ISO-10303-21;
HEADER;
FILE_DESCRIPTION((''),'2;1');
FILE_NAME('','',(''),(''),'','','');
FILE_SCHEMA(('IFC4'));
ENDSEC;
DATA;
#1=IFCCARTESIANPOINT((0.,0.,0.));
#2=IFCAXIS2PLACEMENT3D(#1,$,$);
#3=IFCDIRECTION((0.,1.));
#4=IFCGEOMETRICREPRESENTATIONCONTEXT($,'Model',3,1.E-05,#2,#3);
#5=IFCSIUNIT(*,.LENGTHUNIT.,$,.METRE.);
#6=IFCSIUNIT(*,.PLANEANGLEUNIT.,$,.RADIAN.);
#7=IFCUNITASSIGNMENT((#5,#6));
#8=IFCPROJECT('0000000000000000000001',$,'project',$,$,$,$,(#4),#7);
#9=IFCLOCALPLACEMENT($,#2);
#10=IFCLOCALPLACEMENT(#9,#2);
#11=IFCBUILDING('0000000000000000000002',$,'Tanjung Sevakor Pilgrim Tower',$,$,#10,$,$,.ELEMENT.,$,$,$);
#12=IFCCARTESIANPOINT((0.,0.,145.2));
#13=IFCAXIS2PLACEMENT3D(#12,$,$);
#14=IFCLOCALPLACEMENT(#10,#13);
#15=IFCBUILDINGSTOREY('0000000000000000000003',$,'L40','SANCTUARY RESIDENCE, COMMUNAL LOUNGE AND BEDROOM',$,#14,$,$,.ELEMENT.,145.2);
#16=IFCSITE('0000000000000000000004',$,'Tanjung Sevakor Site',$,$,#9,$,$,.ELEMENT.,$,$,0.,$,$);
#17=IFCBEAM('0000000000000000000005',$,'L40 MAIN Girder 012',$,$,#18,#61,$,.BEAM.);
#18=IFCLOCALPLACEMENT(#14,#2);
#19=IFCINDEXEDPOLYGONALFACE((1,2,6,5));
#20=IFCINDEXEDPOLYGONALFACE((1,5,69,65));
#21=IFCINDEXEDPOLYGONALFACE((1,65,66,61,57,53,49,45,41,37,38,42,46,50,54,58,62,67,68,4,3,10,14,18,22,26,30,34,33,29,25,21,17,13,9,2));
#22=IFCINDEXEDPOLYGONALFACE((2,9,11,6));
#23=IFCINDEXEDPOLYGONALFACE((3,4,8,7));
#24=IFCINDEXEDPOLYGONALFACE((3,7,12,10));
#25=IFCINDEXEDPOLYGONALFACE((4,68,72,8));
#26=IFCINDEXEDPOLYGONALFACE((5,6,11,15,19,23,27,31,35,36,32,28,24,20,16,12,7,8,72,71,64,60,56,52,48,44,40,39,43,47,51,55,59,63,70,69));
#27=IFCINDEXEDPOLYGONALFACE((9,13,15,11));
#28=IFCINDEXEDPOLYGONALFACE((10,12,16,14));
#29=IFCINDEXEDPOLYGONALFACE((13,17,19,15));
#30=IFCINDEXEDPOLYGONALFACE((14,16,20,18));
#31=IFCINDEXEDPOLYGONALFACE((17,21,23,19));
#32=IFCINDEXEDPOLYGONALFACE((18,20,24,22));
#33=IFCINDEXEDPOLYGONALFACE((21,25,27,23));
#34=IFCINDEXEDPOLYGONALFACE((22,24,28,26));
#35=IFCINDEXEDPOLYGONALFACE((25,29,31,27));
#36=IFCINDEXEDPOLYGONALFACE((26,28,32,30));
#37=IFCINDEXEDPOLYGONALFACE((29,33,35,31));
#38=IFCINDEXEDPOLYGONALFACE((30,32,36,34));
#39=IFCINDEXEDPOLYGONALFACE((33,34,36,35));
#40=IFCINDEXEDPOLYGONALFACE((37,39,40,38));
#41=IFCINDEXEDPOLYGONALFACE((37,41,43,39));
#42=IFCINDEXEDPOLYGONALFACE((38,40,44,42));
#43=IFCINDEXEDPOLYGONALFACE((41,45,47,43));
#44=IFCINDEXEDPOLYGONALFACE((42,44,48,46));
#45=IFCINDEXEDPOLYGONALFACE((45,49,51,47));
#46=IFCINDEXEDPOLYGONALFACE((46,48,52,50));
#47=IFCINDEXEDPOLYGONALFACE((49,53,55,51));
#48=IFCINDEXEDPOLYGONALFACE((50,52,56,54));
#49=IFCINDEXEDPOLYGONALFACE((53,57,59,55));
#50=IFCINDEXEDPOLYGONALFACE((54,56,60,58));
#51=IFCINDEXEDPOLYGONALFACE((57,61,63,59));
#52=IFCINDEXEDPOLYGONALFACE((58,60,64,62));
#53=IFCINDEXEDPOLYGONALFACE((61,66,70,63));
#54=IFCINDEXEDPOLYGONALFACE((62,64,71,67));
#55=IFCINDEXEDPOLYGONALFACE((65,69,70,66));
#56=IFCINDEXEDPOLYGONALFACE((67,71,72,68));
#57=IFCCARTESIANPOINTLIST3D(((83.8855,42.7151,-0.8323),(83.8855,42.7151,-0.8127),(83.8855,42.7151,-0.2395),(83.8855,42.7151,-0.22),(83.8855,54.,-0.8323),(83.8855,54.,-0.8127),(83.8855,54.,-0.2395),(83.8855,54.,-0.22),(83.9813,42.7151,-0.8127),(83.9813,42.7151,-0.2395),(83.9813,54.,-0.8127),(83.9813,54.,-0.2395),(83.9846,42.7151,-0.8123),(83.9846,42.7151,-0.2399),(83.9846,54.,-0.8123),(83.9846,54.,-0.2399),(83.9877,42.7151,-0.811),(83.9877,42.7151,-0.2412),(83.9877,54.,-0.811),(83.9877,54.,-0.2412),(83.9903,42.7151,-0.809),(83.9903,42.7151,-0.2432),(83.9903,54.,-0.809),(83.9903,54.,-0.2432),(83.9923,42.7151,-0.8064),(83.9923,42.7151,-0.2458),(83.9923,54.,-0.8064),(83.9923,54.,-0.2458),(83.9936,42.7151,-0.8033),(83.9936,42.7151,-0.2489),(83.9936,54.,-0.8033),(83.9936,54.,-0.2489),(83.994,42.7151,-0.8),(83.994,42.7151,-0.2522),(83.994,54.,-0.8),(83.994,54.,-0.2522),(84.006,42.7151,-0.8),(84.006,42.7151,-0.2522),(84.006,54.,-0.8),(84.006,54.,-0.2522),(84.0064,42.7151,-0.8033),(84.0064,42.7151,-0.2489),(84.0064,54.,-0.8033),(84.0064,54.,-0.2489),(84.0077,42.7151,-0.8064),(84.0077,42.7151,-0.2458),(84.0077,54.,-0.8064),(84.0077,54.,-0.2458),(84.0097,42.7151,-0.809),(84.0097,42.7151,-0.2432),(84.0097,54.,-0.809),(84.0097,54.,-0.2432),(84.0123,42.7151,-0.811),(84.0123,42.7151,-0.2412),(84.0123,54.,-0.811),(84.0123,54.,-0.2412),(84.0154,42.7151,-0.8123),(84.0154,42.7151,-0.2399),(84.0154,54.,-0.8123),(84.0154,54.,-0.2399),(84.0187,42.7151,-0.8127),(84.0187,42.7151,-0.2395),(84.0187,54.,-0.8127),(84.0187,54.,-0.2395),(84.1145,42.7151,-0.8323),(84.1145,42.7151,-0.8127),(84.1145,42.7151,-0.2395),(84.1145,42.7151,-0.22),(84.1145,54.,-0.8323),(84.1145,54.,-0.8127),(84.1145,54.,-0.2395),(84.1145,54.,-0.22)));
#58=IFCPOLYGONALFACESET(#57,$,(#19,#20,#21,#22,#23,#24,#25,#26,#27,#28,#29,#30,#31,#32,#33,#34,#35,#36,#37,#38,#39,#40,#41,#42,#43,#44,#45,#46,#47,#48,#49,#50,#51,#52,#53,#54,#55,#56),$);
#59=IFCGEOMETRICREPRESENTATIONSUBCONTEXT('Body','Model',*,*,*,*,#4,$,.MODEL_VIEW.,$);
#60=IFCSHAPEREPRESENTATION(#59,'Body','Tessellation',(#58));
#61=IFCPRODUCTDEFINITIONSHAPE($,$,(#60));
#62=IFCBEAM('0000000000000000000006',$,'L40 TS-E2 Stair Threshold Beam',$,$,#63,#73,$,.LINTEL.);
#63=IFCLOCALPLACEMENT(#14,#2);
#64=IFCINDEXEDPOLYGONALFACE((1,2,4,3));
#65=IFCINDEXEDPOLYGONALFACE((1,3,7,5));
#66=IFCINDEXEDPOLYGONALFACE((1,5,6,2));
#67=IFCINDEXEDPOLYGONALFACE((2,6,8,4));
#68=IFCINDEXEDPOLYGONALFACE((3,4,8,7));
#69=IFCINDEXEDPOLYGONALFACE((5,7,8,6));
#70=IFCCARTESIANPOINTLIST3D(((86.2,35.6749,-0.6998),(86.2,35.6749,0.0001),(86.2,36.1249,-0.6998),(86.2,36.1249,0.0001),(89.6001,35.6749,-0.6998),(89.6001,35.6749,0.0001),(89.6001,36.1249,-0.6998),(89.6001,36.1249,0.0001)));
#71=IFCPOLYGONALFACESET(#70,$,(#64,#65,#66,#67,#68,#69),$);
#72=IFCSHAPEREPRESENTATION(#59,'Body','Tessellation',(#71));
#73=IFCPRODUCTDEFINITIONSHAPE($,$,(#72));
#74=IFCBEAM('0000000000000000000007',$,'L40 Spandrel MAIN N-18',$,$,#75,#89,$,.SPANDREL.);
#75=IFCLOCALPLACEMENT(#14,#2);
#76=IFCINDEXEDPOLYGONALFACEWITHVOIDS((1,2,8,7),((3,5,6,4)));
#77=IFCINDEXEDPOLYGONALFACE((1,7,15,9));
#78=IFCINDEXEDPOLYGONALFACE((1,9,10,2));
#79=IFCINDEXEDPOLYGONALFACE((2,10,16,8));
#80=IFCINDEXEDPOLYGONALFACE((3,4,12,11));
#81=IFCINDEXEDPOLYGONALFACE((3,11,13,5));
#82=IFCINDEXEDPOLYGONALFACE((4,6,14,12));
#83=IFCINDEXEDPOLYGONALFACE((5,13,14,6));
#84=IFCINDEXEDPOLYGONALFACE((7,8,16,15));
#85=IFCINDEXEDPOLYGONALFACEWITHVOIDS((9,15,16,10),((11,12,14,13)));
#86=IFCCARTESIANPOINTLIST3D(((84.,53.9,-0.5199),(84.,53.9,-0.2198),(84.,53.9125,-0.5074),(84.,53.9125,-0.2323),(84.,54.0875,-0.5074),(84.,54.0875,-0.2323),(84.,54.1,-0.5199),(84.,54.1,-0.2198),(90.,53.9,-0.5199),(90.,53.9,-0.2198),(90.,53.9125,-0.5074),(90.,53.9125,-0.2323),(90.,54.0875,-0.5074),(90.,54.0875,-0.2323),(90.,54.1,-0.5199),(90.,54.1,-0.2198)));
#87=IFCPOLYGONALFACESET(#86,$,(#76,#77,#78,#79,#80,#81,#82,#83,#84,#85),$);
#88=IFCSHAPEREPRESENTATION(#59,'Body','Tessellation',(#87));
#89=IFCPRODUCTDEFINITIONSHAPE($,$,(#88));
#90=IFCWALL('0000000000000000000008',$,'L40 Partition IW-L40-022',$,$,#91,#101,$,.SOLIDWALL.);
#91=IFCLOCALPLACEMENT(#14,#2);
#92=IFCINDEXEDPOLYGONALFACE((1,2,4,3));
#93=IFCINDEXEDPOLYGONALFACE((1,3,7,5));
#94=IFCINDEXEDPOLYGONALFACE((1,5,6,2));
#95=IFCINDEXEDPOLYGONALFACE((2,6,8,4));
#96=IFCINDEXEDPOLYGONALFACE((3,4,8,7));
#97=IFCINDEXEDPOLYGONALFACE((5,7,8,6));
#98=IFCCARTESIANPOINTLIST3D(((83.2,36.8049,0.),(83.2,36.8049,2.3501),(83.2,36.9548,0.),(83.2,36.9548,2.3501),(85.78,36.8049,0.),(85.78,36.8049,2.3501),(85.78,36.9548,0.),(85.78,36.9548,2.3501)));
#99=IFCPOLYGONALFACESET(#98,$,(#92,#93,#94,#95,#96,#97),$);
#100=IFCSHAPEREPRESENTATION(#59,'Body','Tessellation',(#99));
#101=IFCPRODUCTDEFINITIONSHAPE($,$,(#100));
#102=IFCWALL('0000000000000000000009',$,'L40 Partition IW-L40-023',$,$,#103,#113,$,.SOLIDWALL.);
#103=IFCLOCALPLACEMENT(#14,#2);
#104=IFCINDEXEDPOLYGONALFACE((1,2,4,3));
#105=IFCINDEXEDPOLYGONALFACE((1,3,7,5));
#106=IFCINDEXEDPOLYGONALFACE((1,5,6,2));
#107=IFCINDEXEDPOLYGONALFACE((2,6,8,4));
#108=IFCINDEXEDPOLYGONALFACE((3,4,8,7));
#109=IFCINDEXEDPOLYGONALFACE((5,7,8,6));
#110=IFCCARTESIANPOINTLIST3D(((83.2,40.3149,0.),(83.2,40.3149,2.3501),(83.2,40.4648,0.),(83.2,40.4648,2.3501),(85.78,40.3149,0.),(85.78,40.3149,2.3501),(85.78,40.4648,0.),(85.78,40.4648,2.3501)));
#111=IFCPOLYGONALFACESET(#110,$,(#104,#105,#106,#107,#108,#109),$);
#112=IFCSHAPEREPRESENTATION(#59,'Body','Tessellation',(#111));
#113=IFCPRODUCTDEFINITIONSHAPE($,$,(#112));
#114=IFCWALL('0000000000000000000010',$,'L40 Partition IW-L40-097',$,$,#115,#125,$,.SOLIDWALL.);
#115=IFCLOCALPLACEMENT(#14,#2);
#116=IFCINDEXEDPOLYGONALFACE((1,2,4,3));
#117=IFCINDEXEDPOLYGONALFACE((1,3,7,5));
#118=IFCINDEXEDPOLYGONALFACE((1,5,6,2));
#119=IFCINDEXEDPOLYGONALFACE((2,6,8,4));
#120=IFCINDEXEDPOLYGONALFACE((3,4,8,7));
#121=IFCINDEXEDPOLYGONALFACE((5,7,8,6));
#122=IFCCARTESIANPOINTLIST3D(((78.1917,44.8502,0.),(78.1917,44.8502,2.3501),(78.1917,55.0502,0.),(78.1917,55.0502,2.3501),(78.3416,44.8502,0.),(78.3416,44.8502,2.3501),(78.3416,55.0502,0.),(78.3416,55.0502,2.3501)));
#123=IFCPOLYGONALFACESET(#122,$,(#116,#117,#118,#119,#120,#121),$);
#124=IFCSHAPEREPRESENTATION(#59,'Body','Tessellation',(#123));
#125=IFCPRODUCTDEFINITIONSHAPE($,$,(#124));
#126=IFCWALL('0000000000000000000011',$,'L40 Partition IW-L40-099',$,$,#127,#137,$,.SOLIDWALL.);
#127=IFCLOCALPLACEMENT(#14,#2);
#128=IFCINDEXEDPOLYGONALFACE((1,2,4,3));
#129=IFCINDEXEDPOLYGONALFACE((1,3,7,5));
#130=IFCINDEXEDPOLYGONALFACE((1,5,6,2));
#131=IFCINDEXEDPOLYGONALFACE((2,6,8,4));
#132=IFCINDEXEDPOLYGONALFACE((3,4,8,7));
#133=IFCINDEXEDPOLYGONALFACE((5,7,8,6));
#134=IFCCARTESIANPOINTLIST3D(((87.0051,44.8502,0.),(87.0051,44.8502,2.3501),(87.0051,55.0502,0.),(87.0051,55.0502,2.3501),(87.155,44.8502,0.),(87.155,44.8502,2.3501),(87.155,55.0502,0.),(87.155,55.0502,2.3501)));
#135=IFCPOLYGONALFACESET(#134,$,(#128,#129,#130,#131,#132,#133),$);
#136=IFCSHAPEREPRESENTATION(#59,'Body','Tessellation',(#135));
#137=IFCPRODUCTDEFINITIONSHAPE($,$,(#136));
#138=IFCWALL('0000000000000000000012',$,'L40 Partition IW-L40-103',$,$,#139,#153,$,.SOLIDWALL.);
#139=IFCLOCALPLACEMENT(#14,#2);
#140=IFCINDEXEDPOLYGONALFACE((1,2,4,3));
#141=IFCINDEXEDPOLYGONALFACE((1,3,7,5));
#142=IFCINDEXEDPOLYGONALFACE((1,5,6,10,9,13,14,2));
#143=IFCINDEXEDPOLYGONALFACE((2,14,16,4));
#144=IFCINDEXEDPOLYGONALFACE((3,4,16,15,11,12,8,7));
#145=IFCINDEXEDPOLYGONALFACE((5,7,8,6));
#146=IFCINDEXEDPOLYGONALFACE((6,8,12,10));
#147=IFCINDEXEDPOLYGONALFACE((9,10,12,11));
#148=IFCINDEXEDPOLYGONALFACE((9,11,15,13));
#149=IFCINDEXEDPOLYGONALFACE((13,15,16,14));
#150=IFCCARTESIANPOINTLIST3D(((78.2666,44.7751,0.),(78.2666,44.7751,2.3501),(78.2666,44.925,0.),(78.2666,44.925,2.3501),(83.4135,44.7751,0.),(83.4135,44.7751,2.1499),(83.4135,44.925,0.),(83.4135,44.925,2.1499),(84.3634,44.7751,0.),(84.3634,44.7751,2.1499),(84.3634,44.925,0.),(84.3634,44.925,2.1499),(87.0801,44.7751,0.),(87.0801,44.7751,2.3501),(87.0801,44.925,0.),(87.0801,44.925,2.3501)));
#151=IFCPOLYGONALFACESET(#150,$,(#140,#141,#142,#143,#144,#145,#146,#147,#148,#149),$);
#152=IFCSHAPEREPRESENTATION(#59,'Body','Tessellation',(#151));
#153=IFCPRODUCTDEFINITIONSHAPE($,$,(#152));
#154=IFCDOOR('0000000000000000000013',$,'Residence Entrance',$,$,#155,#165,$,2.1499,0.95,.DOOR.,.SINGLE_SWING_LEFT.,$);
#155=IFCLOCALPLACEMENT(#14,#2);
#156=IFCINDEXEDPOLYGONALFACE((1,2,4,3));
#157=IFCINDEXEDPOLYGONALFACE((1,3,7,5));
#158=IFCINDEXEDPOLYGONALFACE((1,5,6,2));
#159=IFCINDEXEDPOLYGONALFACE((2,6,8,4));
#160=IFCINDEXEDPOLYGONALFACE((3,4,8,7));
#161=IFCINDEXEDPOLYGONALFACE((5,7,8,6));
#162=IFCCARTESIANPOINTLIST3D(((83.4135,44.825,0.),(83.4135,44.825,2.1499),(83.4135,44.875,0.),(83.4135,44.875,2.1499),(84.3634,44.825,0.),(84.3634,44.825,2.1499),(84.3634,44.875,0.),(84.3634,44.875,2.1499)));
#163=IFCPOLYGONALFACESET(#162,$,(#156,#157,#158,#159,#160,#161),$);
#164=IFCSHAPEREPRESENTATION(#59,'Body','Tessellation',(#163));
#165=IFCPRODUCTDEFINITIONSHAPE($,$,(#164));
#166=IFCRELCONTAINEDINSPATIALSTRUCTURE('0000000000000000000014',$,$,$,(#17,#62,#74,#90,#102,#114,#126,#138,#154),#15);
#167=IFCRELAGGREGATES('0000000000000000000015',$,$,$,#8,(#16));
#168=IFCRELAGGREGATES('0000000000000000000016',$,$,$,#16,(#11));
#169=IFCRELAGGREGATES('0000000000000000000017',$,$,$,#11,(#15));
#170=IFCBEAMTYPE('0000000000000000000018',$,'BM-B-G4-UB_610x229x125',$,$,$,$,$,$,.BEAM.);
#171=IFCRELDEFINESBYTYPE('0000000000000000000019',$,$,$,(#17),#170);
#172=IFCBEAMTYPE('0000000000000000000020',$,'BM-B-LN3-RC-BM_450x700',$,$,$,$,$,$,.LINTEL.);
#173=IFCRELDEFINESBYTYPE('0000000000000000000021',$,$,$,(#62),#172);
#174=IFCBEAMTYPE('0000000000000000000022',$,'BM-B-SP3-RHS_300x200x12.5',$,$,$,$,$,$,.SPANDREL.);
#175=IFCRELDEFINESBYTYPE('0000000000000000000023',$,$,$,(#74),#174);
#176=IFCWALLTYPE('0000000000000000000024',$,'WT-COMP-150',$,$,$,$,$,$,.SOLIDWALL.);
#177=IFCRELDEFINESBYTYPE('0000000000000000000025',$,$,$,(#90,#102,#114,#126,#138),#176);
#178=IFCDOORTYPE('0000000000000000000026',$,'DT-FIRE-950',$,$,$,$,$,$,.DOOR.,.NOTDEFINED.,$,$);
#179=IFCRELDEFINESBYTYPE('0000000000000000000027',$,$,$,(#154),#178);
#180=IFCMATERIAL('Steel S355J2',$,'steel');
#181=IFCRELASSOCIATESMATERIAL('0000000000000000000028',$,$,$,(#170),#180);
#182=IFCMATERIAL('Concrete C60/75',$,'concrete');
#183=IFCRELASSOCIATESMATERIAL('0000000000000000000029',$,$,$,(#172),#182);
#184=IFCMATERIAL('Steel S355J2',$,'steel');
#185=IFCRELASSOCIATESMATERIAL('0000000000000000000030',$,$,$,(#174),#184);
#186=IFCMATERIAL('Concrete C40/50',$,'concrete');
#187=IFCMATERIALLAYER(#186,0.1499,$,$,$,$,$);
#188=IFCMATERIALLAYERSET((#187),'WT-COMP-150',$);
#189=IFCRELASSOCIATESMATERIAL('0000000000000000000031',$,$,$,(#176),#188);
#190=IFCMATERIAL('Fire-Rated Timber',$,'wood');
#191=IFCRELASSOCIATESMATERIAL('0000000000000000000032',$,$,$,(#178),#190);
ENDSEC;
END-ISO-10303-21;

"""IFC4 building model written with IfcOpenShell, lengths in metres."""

from ifc_helpers import new_model, si_unit, direction, frame, frame_2d, origin, origin_2d, place, context, subcontext, project, spatial, rectangle, hollow_rectangle, i_section, extrude, material, layer, layer_set, material_profile, profile_set, type_object, element, fill, save


model = new_model("IFC4")

# Units and contexts
model_context = context("Model", 3, precision=1e-05, world=origin(), true_north=direction((0.0, 1.0)))
body_context = subcontext(model_context, "Body", "Model", "MODEL_VIEW")
ifc_project = project(units=[si_unit("LENGTHUNIT", "METRE"), si_unit("PLANEANGLEUNIT", "RADIAN")], contexts=[model_context])

# Site, building, storey
site_placement = place(None, origin())
site = spatial("IfcSite", under=ifc_project, at=site_placement, Name="Tanjung Sevakor Site", CompositionType="ELEMENT", RefElevation=0.0)
building_placement = place(site_placement, origin())
building = spatial("IfcBuilding", under=site, at=building_placement, Name="Tanjung Sevakor Pilgrim Tower", CompositionType="ELEMENT")
storey_placement = place(building_placement, frame((0.0, 0.0, 145.2)))
storey = spatial("IfcBuildingStorey", under=building, at=storey_placement, Name="L40", Description="SANCTUARY RESIDENCE, COMMUNAL LOUNGE AND BEDROOM", CompositionType="ELEMENT", Elevation=145.2)

# Beams
ifc_material_1 = material(Name="Steel S355J2", Category="steel")
ifc_material_profile_1 = material_profile(ifc_material_1, i_section(OverallWidth=0.229, OverallDepth=0.6123, WebThickness=0.012, FlangeThickness=0.0195, FilletRadius=0.0127, at=origin_2d()))
ifc_profile_set_1 = profile_set([ifc_material_profile_1], Name="Steel S355J2")
beam_type_1 = type_object("IfcBeamType", Name="BM-B-G4-UB_610x229x125", PredefinedType="BEAM", material=ifc_profile_set_1)
beam_1_placement = place(storey_placement, frame((84.0, 42.7151, -0.5261), z_axis=(0.0, 1.0, 0.0), x_axis=(-1.0, 0.0, 0.0)))
element("IfcBeam", 1, at=beam_1_placement, inside=storey, type_object=beam_type_1, Name="L40 MAIN Girder 012", PredefinedType="BEAM", context=body_context, shape_type="SweptSolid", body=[
    extrude(i_section(OverallWidth=0.229, OverallDepth=0.6123, WebThickness=0.012, FlangeThickness=0.0195, FilletRadius=0.0127, at=origin_2d()), origin(), (0.0, 0.0, 1.0), 11.2849),
])
ifc_material_2 = material(Name="Concrete C60/75", Category="concrete")
ifc_material_profile_2 = material_profile(ifc_material_2, rectangle(XDim=0.45, YDim=0.7, at=origin_2d()))
ifc_profile_set_2 = profile_set([ifc_material_profile_2], Name="Concrete C60/75")
beam_type_2 = type_object("IfcBeamType", Name="BM-B-LN3-RC-BM_450x700", PredefinedType="LINTEL", material=ifc_profile_set_2)
beam_2_placement = place(storey_placement, frame((86.2, 35.8999, -0.3499), z_axis=(1.0, 0.0, 0.0), x_axis=(0.0, 1.0, 0.0)))
element("IfcBeam", 2, at=beam_2_placement, inside=storey, type_object=beam_type_2, Name="L40 TS-E2 Stair Threshold Beam", PredefinedType="LINTEL", context=body_context, shape_type="SweptSolid", body=[
    extrude(rectangle(XDim=0.45, YDim=0.7, at=origin_2d()), origin(), (0.0, 0.0, 1.0), 3.4001),
])
ifc_material_3 = material(Name="Steel S355J2", Category="steel")
ifc_material_profile_3 = material_profile(ifc_material_3, hollow_rectangle(XDim=0.2, YDim=0.3, WallThickness=0.0125, at=origin_2d()))
ifc_profile_set_3 = profile_set([ifc_material_profile_3], Name="Steel S355J2")
beam_type_3 = type_object("IfcBeamType", Name="BM-B-SP3-RHS_300x200x12.5", PredefinedType="SPANDREL", material=ifc_profile_set_3)
beam_3_placement = place(storey_placement, frame((84.0, 54.0, -0.3699), z_axis=(1.0, 0.0, 0.0), x_axis=(0.0, 1.0, 0.0)))
element("IfcBeam", 3, at=beam_3_placement, inside=storey, type_object=beam_type_3, Name="L40 Spandrel MAIN N-18", PredefinedType="SPANDREL", context=body_context, shape_type="SweptSolid", body=[
    extrude(hollow_rectangle(XDim=0.2, YDim=0.3, WallThickness=0.0125, at=origin_2d()), origin(), (0.0, 0.0, 1.0), 6.0),
])

# Walls
ifc_material_4 = material(Name="Concrete C40/50", Category="concrete")
ifc_layer_1 = layer(ifc_material_4, 0.1499)
ifc_layer_set_1 = layer_set([ifc_layer_1], Name="WT-COMP-150")
wall_type_1 = type_object("IfcWallType", Name="WT-COMP-150", PredefinedType="SOLIDWALL", material=ifc_layer_set_1)
for number, where, z_axis, x_axis, name in (
    (4, (83.2, 36.8799, 0.0), (0.0, 0.0, 1.0), (1.0, 0.0, 0.0), "L40 Partition IW-L40-022"),
    (5, (83.2, 40.3899, 0.0), (0.0, 0.0, 1.0), (1.0, 0.0, 0.0), "L40 Partition IW-L40-023"),
):
    element("IfcWall", number, at=place(storey_placement, frame(where, z_axis=z_axis, x_axis=x_axis)), inside=storey, type_object=wall_type_1, Name=name, PredefinedType="SOLIDWALL", context=body_context, shape_type="SweptSolid", body=[
        extrude(rectangle(XDim=2.5801, YDim=0.1499, at=frame_2d((1.29, 0.0))), origin(), (0.0, 0.0, 1.0), 2.3501),
    ])

# Shared definitions
ifc_material_5 = material(Name="Fire-Rated Timber", Category="wood")
door_type_1 = type_object("IfcDoorType", Name="DT-FIRE-950", OperationType="NOTDEFINED", PredefinedType="DOOR", material=ifc_material_5)

# Walls
for number, where, z_axis, x_axis, name in (
    (6, (78.2666, 44.8501, 0.0), (0.0, 0.0, 1.0), (0.0, 1.0, 0.0), "L40 Partition IW-L40-097"),
    (7, (87.0801, 44.8501, 0.0), (0.0, 0.0, 1.0), (0.0, 1.0, 0.0), "L40 Partition IW-L40-099"),
):
    element("IfcWall", number, at=place(storey_placement, frame(where, z_axis=z_axis, x_axis=x_axis)), inside=storey, type_object=wall_type_1, Name=name, PredefinedType="SOLIDWALL", context=body_context, shape_type="SweptSolid", body=[
        extrude(rectangle(XDim=10.2, YDim=0.1499, at=frame_2d((5.1001, 0.0))), origin(), (0.0, 0.0, 1.0), 2.3501),
    ])

# Wall, opening, door
wall_1_placement = place(storey_placement, frame((78.2666, 44.8501, 0.0), z_axis=(0.0, 0.0, 1.0), x_axis=(1.0, 0.0, 0.0)))
wall_1 = element("IfcWall", 8, at=wall_1_placement, inside=storey, type_object=wall_type_1, Name="L40 Partition IW-L40-103", PredefinedType="SOLIDWALL", context=body_context, shape_type="SweptSolid", body=[
    extrude(rectangle(XDim=8.8135, YDim=0.1499, at=frame_2d((4.4067, 0.0))), origin(), (0.0, 0.0, 1.0), 2.3501),
])
opening_1_placement = place(wall_1_placement, frame((5.1467, 0.0, 0.0)))
opening_1 = element("IfcOpeningElement", 9, at=opening_1_placement, cuts=wall_1, PredefinedType="OPENING", context=body_context, shape_type="SweptSolid", body=[
    extrude(rectangle(XDim=0.95, YDim=2.1499, at=frame_2d((0.4751, 1.075))), frame((0.0, 0.085, 0.0), z_axis=(0.0, -1.0, 0.0), x_axis=(1.0, 0.0, 0.0)), (0.0, 0.0, 1.0), 0.1699),
])
door_1_placement = place(opening_1_placement, origin())
door_1 = element("IfcDoor", 10, at=door_1_placement, inside=storey, type_object=door_type_1, Name="Residence Entrance", OperationType="SINGLE_SWING_LEFT", OverallHeight=2.1499, OverallWidth=0.95, PredefinedType="DOOR", context=body_context, shape_type="SweptSolid", body=[
    extrude(rectangle(XDim=0.95, YDim=2.1499, at=frame_2d((0.4751, 1.075))), frame((0.0, 0.0249, 0.0), z_axis=(0.0, -1.0, 0.0), x_axis=(1.0, 0.0, 0.0)), (0.0, 0.0, 1.0), 0.05),
])
fill(opening_1, door_1)

save(model, "model.ifc")
